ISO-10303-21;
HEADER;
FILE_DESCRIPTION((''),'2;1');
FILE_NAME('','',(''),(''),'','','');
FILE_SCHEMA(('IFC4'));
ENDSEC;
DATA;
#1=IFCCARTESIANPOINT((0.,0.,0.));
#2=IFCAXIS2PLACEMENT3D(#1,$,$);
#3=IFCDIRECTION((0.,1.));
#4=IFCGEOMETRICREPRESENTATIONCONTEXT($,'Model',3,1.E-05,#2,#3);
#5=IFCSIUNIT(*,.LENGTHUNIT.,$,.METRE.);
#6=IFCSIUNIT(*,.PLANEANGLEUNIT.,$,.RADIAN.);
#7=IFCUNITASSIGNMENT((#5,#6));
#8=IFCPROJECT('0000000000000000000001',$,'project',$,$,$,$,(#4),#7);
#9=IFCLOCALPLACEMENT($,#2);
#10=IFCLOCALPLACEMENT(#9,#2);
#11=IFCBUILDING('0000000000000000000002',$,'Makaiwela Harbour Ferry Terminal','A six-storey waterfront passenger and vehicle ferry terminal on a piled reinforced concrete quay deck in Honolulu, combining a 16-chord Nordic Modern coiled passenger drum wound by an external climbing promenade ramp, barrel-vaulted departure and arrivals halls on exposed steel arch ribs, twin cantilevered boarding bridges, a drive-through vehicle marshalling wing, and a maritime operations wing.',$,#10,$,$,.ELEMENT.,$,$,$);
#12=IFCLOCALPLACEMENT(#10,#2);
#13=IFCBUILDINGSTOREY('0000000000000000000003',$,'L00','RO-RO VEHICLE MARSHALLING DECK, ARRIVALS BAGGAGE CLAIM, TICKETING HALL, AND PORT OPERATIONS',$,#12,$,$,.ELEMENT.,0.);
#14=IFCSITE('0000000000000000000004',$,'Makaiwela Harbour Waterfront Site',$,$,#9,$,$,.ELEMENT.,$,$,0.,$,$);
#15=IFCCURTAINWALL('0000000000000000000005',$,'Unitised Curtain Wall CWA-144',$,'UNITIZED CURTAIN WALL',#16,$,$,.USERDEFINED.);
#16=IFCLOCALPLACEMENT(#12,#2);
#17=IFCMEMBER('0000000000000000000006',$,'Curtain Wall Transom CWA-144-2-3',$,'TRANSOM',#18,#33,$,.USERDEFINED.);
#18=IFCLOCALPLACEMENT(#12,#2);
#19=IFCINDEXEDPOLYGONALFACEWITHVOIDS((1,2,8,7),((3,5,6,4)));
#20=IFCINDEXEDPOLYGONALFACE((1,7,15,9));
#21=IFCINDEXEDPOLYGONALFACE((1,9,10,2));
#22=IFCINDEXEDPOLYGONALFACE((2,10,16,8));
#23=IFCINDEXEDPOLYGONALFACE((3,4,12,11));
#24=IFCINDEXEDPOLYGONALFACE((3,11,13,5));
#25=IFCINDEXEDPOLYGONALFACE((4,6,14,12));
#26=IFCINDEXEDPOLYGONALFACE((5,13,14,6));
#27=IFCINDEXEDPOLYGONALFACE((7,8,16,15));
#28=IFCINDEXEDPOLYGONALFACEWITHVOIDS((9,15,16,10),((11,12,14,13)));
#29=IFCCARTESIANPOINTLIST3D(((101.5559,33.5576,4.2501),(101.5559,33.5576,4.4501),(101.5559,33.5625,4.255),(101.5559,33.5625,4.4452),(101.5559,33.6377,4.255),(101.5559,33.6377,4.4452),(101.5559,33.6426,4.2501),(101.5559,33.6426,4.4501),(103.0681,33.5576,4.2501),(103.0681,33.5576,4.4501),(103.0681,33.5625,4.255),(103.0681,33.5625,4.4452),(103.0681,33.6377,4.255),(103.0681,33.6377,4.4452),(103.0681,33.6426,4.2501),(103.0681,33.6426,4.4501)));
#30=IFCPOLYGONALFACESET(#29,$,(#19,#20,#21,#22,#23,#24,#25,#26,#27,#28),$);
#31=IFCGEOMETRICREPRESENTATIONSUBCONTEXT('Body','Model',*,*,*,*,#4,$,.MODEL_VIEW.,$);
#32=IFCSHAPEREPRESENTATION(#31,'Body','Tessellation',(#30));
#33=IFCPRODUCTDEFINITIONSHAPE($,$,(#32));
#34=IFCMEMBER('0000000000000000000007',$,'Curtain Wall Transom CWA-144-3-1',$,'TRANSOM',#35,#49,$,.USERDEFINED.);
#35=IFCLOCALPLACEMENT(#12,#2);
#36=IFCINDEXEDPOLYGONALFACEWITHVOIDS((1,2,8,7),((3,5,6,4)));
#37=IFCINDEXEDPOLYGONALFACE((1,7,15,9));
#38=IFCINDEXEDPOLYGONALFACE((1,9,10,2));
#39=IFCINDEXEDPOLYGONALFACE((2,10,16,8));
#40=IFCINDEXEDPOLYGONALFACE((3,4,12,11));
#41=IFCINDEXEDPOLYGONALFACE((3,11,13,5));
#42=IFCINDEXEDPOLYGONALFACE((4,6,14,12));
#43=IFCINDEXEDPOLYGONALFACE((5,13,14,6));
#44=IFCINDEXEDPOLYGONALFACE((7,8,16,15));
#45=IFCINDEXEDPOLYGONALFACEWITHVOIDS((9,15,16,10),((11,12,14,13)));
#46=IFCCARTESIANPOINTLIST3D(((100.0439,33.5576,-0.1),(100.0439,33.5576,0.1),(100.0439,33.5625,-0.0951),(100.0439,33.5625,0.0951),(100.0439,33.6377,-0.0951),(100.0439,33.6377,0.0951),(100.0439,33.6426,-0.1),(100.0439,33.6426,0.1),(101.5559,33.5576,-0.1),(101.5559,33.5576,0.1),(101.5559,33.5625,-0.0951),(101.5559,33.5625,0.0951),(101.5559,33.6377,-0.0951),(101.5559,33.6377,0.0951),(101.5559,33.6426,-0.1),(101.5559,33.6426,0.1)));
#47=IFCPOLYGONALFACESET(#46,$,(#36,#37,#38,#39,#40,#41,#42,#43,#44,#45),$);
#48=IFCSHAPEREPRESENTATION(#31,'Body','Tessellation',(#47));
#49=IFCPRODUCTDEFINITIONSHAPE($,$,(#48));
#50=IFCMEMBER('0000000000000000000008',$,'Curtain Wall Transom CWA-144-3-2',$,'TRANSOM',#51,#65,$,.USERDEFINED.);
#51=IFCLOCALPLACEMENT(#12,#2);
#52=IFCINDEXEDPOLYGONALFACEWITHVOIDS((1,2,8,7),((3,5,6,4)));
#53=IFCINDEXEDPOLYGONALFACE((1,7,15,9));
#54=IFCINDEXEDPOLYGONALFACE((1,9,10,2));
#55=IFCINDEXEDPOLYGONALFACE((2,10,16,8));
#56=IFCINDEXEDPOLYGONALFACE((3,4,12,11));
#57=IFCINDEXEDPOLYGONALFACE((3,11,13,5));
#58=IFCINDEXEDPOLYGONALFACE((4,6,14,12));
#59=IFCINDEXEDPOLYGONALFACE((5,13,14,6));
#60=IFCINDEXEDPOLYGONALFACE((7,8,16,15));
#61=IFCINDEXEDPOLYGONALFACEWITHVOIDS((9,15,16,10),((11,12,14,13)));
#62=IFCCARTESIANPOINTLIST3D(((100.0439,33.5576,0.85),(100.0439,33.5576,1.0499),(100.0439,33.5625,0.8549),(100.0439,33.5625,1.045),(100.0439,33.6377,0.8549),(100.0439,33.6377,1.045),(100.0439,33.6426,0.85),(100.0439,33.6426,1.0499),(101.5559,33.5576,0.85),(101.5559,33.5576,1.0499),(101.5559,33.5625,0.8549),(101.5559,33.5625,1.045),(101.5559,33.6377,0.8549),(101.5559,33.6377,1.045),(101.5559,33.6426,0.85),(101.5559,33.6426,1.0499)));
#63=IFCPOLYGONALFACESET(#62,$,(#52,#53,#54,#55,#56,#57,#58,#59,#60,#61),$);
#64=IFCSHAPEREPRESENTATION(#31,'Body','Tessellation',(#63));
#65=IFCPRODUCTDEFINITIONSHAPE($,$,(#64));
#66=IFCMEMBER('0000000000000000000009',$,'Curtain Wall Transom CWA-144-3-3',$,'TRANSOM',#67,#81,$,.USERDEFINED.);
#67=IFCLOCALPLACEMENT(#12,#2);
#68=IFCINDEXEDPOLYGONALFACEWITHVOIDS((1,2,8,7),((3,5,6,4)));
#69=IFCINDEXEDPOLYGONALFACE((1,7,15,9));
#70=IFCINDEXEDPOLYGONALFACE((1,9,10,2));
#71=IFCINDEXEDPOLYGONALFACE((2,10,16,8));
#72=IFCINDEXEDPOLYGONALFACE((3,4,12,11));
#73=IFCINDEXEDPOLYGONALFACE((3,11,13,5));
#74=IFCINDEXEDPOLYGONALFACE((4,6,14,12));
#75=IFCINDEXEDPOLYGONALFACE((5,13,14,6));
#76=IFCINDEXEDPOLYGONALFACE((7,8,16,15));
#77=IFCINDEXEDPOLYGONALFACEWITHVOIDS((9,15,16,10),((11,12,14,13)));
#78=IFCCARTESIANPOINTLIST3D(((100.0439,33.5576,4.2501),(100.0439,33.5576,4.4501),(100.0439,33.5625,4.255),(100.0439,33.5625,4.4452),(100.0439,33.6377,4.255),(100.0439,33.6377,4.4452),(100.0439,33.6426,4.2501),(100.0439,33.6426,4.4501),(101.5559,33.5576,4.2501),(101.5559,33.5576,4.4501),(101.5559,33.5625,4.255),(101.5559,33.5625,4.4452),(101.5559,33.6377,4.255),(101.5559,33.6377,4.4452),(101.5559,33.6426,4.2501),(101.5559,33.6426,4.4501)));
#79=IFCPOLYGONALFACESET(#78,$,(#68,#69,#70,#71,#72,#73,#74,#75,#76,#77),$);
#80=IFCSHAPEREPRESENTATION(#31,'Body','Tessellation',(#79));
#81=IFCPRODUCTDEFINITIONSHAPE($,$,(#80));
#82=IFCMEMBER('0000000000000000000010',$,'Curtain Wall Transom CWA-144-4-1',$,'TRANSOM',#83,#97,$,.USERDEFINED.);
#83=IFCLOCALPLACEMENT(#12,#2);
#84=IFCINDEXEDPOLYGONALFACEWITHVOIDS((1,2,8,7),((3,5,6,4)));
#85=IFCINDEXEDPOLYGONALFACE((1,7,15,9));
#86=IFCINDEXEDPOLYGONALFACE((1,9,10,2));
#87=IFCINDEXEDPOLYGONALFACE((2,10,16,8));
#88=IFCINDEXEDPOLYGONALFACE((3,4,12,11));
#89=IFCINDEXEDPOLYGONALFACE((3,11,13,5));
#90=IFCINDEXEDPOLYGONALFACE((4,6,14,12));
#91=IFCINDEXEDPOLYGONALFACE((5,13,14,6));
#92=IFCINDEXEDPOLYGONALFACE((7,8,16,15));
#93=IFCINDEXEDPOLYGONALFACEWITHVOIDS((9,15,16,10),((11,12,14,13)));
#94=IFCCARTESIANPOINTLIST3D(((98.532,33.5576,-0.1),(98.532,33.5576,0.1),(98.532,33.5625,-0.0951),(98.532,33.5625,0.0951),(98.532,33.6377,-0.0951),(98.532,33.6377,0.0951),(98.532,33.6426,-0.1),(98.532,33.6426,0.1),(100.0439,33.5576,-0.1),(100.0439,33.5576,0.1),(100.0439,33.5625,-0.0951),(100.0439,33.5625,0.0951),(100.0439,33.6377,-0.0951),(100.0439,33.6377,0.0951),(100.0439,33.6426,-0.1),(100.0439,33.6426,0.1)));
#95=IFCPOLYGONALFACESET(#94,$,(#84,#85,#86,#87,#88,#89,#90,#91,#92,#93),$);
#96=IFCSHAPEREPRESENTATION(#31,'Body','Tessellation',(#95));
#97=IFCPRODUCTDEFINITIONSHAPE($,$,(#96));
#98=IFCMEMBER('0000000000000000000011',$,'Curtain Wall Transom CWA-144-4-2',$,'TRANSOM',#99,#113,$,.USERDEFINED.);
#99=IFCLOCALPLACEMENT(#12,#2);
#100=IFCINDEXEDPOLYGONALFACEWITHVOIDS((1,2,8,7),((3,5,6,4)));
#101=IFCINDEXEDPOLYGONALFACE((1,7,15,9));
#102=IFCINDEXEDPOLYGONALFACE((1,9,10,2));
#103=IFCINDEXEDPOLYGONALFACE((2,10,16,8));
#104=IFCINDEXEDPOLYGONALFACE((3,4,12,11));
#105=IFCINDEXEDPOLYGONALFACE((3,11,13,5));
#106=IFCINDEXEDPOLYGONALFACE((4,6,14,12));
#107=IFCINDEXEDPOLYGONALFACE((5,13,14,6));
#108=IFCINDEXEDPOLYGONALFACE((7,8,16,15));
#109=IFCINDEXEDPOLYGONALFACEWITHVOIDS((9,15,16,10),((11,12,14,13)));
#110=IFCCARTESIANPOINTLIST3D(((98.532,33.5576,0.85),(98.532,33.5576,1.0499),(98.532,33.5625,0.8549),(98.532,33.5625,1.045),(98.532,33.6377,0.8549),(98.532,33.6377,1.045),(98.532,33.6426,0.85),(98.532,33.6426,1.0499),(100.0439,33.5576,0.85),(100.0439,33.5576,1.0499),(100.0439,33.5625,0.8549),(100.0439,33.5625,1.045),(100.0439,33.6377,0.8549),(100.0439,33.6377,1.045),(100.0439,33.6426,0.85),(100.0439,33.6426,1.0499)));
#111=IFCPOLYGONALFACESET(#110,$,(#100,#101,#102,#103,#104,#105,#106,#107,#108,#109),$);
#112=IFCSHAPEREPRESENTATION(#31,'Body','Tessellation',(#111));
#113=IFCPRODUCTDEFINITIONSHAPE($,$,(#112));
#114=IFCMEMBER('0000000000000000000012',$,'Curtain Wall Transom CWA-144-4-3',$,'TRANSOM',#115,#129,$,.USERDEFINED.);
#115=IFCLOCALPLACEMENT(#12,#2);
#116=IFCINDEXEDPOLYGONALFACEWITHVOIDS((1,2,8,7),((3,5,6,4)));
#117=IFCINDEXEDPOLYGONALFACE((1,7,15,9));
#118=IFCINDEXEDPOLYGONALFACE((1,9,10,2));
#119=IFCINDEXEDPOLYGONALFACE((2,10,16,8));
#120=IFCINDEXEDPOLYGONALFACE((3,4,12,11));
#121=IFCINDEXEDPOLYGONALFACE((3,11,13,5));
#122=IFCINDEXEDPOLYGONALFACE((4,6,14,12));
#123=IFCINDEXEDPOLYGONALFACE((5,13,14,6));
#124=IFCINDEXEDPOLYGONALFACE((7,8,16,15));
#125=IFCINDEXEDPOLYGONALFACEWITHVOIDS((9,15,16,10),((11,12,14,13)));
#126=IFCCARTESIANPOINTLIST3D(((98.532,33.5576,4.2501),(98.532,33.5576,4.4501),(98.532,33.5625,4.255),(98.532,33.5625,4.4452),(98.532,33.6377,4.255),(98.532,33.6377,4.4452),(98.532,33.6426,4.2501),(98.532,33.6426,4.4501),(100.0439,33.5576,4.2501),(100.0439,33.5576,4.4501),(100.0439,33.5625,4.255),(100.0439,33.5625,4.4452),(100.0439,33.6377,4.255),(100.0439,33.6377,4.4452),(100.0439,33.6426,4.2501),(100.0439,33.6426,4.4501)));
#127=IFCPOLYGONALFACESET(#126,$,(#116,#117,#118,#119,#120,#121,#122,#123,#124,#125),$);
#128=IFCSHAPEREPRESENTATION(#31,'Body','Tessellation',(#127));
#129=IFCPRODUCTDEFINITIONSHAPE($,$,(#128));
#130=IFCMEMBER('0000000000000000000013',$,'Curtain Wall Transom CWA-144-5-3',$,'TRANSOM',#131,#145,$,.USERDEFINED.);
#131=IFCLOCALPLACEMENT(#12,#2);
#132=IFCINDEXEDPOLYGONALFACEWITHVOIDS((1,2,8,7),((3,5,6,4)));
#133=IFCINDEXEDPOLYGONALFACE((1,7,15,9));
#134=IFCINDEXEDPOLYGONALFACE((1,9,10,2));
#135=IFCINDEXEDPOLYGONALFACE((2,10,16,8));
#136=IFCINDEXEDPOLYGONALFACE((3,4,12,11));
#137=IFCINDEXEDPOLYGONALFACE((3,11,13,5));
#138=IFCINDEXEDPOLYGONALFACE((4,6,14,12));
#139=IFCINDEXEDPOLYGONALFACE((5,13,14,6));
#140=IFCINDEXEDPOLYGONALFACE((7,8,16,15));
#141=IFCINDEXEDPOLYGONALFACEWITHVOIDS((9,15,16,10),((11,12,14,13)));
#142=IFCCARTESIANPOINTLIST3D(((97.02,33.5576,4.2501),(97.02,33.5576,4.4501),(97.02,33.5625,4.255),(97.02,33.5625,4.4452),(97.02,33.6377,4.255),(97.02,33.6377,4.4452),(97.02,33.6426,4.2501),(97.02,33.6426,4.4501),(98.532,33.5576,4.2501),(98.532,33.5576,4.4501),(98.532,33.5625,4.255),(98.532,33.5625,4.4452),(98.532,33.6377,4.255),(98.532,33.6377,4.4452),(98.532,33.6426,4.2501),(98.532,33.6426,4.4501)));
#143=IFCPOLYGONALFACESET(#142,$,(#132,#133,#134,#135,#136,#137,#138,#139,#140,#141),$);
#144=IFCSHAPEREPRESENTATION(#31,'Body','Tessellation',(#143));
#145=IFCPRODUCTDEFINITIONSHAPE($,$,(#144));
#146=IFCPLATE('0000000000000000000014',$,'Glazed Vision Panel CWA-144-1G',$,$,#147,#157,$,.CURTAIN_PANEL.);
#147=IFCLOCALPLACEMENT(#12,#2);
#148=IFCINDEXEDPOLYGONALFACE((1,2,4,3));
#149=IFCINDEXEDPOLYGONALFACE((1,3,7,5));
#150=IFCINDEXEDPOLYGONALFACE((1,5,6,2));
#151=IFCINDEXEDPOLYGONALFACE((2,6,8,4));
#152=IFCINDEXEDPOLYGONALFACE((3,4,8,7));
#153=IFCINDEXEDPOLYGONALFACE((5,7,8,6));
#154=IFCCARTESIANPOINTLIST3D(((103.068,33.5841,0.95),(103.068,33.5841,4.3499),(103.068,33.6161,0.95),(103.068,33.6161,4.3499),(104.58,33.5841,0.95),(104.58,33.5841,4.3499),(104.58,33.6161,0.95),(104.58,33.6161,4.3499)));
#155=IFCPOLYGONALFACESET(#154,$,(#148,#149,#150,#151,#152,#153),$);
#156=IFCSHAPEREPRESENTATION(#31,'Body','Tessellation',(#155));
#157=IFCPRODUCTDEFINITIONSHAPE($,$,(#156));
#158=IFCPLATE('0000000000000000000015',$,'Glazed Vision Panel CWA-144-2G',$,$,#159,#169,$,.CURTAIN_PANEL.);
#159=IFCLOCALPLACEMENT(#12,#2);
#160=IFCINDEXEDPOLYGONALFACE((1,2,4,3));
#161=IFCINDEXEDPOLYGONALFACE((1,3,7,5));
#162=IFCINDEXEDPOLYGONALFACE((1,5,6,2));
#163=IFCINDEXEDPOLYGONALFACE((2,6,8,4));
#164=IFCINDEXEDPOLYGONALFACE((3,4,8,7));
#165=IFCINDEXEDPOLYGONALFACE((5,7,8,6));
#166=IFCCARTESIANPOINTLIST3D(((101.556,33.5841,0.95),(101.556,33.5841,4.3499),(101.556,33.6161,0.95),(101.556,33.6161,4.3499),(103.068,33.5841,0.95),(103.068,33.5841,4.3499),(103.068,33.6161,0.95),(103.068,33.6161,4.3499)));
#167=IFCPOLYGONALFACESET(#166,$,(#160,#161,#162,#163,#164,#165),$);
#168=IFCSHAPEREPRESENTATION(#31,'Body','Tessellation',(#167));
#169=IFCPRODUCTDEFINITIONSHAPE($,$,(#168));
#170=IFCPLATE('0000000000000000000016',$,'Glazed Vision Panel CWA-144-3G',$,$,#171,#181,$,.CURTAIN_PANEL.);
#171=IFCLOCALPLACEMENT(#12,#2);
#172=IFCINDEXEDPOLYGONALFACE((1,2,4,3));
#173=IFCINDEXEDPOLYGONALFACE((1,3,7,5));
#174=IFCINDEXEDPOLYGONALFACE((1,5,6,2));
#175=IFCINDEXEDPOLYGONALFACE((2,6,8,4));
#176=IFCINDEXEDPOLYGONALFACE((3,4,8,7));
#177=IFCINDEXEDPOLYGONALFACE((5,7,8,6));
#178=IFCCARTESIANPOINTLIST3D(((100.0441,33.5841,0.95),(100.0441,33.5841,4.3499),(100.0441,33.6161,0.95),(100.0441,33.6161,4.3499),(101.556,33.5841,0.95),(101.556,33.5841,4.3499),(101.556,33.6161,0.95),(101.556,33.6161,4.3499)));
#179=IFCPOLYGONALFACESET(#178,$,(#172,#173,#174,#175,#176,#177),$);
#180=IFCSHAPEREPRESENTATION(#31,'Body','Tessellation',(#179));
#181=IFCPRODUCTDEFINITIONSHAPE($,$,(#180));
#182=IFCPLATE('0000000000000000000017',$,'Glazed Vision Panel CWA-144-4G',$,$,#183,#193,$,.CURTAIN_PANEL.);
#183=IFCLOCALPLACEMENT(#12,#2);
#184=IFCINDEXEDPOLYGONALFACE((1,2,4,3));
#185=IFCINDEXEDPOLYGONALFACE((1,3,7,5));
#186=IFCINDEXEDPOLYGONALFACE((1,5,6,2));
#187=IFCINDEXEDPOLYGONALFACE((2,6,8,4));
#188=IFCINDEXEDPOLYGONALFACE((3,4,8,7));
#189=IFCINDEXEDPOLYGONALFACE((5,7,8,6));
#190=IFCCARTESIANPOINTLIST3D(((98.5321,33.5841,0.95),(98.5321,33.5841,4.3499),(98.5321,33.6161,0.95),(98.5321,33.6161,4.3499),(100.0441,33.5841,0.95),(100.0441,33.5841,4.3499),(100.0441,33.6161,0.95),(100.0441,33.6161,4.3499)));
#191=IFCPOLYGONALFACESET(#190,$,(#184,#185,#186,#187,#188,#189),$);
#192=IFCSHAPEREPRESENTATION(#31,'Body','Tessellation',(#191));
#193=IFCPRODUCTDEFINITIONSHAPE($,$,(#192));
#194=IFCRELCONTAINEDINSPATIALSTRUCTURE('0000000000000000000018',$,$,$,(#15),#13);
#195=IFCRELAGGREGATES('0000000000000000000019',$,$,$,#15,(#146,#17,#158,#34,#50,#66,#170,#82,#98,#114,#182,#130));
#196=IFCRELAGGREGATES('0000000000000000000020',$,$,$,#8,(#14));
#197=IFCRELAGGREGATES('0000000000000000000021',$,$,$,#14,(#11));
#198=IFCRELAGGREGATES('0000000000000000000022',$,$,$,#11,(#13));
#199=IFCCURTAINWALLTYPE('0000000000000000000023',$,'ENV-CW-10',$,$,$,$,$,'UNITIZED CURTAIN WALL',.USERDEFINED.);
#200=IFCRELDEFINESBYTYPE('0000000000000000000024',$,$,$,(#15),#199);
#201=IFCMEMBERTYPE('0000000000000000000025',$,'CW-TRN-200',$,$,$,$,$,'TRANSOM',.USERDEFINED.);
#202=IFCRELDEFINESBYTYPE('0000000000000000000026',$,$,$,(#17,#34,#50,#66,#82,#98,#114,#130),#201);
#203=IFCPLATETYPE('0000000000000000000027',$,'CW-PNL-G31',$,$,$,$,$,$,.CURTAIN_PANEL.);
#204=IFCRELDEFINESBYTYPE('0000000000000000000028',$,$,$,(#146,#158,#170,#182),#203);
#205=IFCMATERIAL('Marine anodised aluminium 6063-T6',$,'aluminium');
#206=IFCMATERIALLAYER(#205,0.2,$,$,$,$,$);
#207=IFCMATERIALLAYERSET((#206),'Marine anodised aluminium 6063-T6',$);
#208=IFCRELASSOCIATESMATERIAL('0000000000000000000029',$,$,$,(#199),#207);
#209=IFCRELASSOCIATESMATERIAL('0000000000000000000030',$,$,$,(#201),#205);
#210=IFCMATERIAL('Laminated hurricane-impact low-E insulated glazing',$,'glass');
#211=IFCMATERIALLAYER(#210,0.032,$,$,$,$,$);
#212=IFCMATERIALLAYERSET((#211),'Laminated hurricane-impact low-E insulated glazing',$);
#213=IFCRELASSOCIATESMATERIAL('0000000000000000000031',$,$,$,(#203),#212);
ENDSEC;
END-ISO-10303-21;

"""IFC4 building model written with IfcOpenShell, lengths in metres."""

from ifc_helpers import new_model, si_unit, direction, frame, origin, origin_2d, place, context, subcontext, project, spatial, rectangle, hollow_rectangle, extrude, material, layer, layer_set, material_profile, profile_set, type_object, element, aggregate, save


model = new_model("IFC4")

# Units and contexts
model_context = context("Model", 3, precision=1e-05, world=origin(), true_north=direction((0.0, 1.0)))
body_context = subcontext(model_context, "Body", "Model", "MODEL_VIEW")
ifc_project = project(units=[si_unit("LENGTHUNIT", "METRE"), si_unit("PLANEANGLEUNIT", "RADIAN")], contexts=[model_context])

# Site, building, storey
site_placement = place(None, origin())
site = spatial("IfcSite", under=ifc_project, at=site_placement, Name="Makaiwela Harbour Waterfront Site", CompositionType="ELEMENT", RefElevation=0.0)
building_placement = place(site_placement, origin())
building = spatial("IfcBuilding", under=site, at=building_placement, Name="Makaiwela Harbour Ferry Terminal", Description="A six-storey waterfront passenger and vehicle ferry terminal on a piled reinforced concrete quay deck in Honolulu, combining a 16-chord Nordic Modern coiled passenger drum wound by an external climbing promenade ramp, barrel-vaulted departure and arrivals halls on exposed steel arch ribs, twin cantilevered boarding bridges, a drive-through vehicle marshalling wing, and a maritime operations wing.", CompositionType="ELEMENT")
storey_placement = place(building_placement, origin())
storey = spatial("IfcBuildingStorey", under=building, at=storey_placement, Name="L00", Description="RO-RO VEHICLE MARSHALLING DECK, ARRIVALS BAGGAGE CLAIM, TICKETING HALL, AND PORT OPERATIONS", CompositionType="ELEMENT", Elevation=0.0)

# Curtain wall, members, plates
ifc_material_1 = material(Name="Marine anodised aluminium 6063-T6", Category="aluminium")
ifc_layer_1 = layer(ifc_material_1, 0.2)
ifc_layer_set_1 = layer_set([ifc_layer_1], Name="Marine anodised aluminium 6063-T6")
curtain_wall_type = type_object("IfcCurtainWallType", Name="ENV-CW-10", ElementType="UNITIZED CURTAIN WALL", PredefinedType="USERDEFINED", material=ifc_layer_set_1)
curtain_wall_placement = place(storey_placement, origin())
curtain_wall = element("IfcCurtainWall", 1, at=curtain_wall_placement, inside=storey, type_object=curtain_wall_type, Name="Unitised Curtain Wall CWA-144", ObjectType="UNITIZED CURTAIN WALL", PredefinedType="USERDEFINED")
ifc_material_profile_1 = material_profile(ifc_material_1, hollow_rectangle(XDim=0.085, YDim=0.2, WallThickness=0.0049, at=origin_2d()), Name="CWT-200X85")
ifc_profile_set_1 = profile_set([ifc_material_profile_1], Name="Marine anodised aluminium 6063-T6")
member_type_1 = type_object("IfcMemberType", Name="CW-TRN-200", ElementType="TRANSOM", PredefinedType="USERDEFINED", material=ifc_profile_set_1)
member_1_placement = place(storey_placement, frame((103.0681, 33.6001, 4.3501), z_axis=(-1.0, 0.0, 0.0), x_axis=(0.0, -1.0, 0.0)))
member_1 = element("IfcMember", 2, at=member_1_placement, type_object=member_type_1, Name="Curtain Wall Transom CWA-144-2-3", ObjectType="TRANSOM", PredefinedType="USERDEFINED", context=body_context, shape_type="SweptSolid", body=[
    extrude(hollow_rectangle(XDim=0.085, YDim=0.2, WallThickness=0.0049, at=origin_2d()), origin(), (0.0, 0.0, 1.0), 1.5122),
])
member_2_placement = place(storey_placement, frame((101.5559, 33.6001, 0.0), z_axis=(-1.0, 0.0, 0.0), x_axis=(0.0, -1.0, 0.0)))
member_2 = element("IfcMember", 3, at=member_2_placement, type_object=member_type_1, Name="Curtain Wall Transom CWA-144-3-1", ObjectType="TRANSOM", PredefinedType="USERDEFINED", context=body_context, shape_type="SweptSolid", body=[
    extrude(hollow_rectangle(XDim=0.085, YDim=0.2, WallThickness=0.0049, at=origin_2d()), origin(), (0.0, 0.0, 1.0), 1.512),
])
member_3_placement = place(storey_placement, frame((101.5559, 33.6001, 0.95), z_axis=(-1.0, 0.0, 0.0), x_axis=(0.0, -1.0, 0.0)))
member_3 = element("IfcMember", 4, at=member_3_placement, type_object=member_type_1, Name="Curtain Wall Transom CWA-144-3-2", ObjectType="TRANSOM", PredefinedType="USERDEFINED", context=body_context, shape_type="SweptSolid", body=[
    extrude(hollow_rectangle(XDim=0.085, YDim=0.2, WallThickness=0.0049, at=origin_2d()), origin(), (0.0, 0.0, 1.0), 1.512),
])
member_4_placement = place(storey_placement, frame((101.5559, 33.6001, 4.3501), z_axis=(-1.0, 0.0, 0.0), x_axis=(0.0, -1.0, 0.0)))
member_4 = element("IfcMember", 5, at=member_4_placement, type_object=member_type_1, Name="Curtain Wall Transom CWA-144-3-3", ObjectType="TRANSOM", PredefinedType="USERDEFINED", context=body_context, shape_type="SweptSolid", body=[
    extrude(hollow_rectangle(XDim=0.085, YDim=0.2, WallThickness=0.0049, at=origin_2d()), origin(), (0.0, 0.0, 1.0), 1.512),
])
member_5_placement = place(storey_placement, frame((100.0439, 33.6001, 0.0), z_axis=(-1.0, 0.0, 0.0), x_axis=(0.0, -1.0, 0.0)))
member_5 = element("IfcMember", 6, at=member_5_placement, type_object=member_type_1, Name="Curtain Wall Transom CWA-144-4-1", ObjectType="TRANSOM", PredefinedType="USERDEFINED", context=body_context, shape_type="SweptSolid", body=[
    extrude(hollow_rectangle(XDim=0.085, YDim=0.2, WallThickness=0.0049, at=origin_2d()), origin(), (0.0, 0.0, 1.0), 1.512),
])
member_6_placement = place(storey_placement, frame((100.0439, 33.6001, 0.95), z_axis=(-1.0, 0.0, 0.0), x_axis=(0.0, -1.0, 0.0)))
member_6 = element("IfcMember", 7, at=member_6_placement, type_object=member_type_1, Name="Curtain Wall Transom CWA-144-4-2", ObjectType="TRANSOM", PredefinedType="USERDEFINED", context=body_context, shape_type="SweptSolid", body=[
    extrude(hollow_rectangle(XDim=0.085, YDim=0.2, WallThickness=0.0049, at=origin_2d()), origin(), (0.0, 0.0, 1.0), 1.512),
])
member_7_placement = place(storey_placement, frame((100.0439, 33.6001, 4.3501), z_axis=(-1.0, 0.0, 0.0), x_axis=(0.0, -1.0, 0.0)))
member_7 = element("IfcMember", 8, at=member_7_placement, type_object=member_type_1, Name="Curtain Wall Transom CWA-144-4-3", ObjectType="TRANSOM", PredefinedType="USERDEFINED", context=body_context, shape_type="SweptSolid", body=[
    extrude(hollow_rectangle(XDim=0.085, YDim=0.2, WallThickness=0.0049, at=origin_2d()), origin(), (0.0, 0.0, 1.0), 1.512),
])
member_8_placement = place(storey_placement, frame((98.532, 33.6001, 4.3501), z_axis=(-1.0, 0.0, 0.0), x_axis=(0.0, -1.0, 0.0)))
member_8 = element("IfcMember", 9, at=member_8_placement, type_object=member_type_1, Name="Curtain Wall Transom CWA-144-5-3", ObjectType="TRANSOM", PredefinedType="USERDEFINED", context=body_context, shape_type="SweptSolid", body=[
    extrude(hollow_rectangle(XDim=0.085, YDim=0.2, WallThickness=0.0049, at=origin_2d()), origin(), (0.0, 0.0, 1.0), 1.512),
])
ifc_material_2 = material(Name="Laminated hurricane-impact low-E insulated glazing", Category="glass")
ifc_layer_2 = layer(ifc_material_2, 0.032)
ifc_layer_set_2 = layer_set([ifc_layer_2], Name="Laminated hurricane-impact low-E insulated glazing")
plate_type_1 = type_object("IfcPlateType", Name="CW-PNL-G31", PredefinedType="CURTAIN_PANEL", material=ifc_layer_set_2)
plate_1_placement = place(storey_placement, frame((103.824, 33.6001, 0.95), z_axis=(0.0, 0.0, 1.0), x_axis=(-1.0, 0.0, 0.0)))
plate_1 = element("IfcPlate", 10, at=plate_1_placement, type_object=plate_type_1, Name="Glazed Vision Panel CWA-144-1G", PredefinedType="CURTAIN_PANEL", context=body_context, shape_type="SweptSolid", body=[
    extrude(rectangle(XDim=1.512, YDim=0.032, at=origin_2d()), origin(), (0.0, 0.0, 1.0), 3.3999),
])
plate_2_placement = place(storey_placement, frame((102.312, 33.6001, 0.95), z_axis=(0.0, 0.0, 1.0), x_axis=(-1.0, 0.0, 0.0)))
plate_2 = element("IfcPlate", 11, at=plate_2_placement, type_object=plate_type_1, Name="Glazed Vision Panel CWA-144-2G", PredefinedType="CURTAIN_PANEL", context=body_context, shape_type="SweptSolid", body=[
    extrude(rectangle(XDim=1.512, YDim=0.032, at=origin_2d()), origin(), (0.0, 0.0, 1.0), 3.3999),
])
plate_3_placement = place(storey_placement, frame((100.8, 33.6001, 0.95), z_axis=(0.0, 0.0, 1.0), x_axis=(-1.0, 0.0, 0.0)))
plate_3 = element("IfcPlate", 12, at=plate_3_placement, type_object=plate_type_1, Name="Glazed Vision Panel CWA-144-3G", PredefinedType="CURTAIN_PANEL", context=body_context, shape_type="SweptSolid", body=[
    extrude(rectangle(XDim=1.512, YDim=0.032, at=origin_2d()), origin(), (0.0, 0.0, 1.0), 3.3999),
])
plate_4_placement = place(storey_placement, frame((99.2881, 33.6001, 0.95), z_axis=(0.0, 0.0, 1.0), x_axis=(-1.0, 0.0, 0.0)))
plate_4 = element("IfcPlate", 13, at=plate_4_placement, type_object=plate_type_1, Name="Glazed Vision Panel CWA-144-4G", PredefinedType="CURTAIN_PANEL", context=body_context, shape_type="SweptSolid", body=[
    extrude(rectangle(XDim=1.512, YDim=0.032, at=origin_2d()), origin(), (0.0, 0.0, 1.0), 3.3999),
])
aggregate(curtain_wall, [plate_1, member_1, plate_2, member_2, member_3, member_4, plate_3, member_5, member_6, member_7, plate_4, member_8])

save(model, "model.ifc")
